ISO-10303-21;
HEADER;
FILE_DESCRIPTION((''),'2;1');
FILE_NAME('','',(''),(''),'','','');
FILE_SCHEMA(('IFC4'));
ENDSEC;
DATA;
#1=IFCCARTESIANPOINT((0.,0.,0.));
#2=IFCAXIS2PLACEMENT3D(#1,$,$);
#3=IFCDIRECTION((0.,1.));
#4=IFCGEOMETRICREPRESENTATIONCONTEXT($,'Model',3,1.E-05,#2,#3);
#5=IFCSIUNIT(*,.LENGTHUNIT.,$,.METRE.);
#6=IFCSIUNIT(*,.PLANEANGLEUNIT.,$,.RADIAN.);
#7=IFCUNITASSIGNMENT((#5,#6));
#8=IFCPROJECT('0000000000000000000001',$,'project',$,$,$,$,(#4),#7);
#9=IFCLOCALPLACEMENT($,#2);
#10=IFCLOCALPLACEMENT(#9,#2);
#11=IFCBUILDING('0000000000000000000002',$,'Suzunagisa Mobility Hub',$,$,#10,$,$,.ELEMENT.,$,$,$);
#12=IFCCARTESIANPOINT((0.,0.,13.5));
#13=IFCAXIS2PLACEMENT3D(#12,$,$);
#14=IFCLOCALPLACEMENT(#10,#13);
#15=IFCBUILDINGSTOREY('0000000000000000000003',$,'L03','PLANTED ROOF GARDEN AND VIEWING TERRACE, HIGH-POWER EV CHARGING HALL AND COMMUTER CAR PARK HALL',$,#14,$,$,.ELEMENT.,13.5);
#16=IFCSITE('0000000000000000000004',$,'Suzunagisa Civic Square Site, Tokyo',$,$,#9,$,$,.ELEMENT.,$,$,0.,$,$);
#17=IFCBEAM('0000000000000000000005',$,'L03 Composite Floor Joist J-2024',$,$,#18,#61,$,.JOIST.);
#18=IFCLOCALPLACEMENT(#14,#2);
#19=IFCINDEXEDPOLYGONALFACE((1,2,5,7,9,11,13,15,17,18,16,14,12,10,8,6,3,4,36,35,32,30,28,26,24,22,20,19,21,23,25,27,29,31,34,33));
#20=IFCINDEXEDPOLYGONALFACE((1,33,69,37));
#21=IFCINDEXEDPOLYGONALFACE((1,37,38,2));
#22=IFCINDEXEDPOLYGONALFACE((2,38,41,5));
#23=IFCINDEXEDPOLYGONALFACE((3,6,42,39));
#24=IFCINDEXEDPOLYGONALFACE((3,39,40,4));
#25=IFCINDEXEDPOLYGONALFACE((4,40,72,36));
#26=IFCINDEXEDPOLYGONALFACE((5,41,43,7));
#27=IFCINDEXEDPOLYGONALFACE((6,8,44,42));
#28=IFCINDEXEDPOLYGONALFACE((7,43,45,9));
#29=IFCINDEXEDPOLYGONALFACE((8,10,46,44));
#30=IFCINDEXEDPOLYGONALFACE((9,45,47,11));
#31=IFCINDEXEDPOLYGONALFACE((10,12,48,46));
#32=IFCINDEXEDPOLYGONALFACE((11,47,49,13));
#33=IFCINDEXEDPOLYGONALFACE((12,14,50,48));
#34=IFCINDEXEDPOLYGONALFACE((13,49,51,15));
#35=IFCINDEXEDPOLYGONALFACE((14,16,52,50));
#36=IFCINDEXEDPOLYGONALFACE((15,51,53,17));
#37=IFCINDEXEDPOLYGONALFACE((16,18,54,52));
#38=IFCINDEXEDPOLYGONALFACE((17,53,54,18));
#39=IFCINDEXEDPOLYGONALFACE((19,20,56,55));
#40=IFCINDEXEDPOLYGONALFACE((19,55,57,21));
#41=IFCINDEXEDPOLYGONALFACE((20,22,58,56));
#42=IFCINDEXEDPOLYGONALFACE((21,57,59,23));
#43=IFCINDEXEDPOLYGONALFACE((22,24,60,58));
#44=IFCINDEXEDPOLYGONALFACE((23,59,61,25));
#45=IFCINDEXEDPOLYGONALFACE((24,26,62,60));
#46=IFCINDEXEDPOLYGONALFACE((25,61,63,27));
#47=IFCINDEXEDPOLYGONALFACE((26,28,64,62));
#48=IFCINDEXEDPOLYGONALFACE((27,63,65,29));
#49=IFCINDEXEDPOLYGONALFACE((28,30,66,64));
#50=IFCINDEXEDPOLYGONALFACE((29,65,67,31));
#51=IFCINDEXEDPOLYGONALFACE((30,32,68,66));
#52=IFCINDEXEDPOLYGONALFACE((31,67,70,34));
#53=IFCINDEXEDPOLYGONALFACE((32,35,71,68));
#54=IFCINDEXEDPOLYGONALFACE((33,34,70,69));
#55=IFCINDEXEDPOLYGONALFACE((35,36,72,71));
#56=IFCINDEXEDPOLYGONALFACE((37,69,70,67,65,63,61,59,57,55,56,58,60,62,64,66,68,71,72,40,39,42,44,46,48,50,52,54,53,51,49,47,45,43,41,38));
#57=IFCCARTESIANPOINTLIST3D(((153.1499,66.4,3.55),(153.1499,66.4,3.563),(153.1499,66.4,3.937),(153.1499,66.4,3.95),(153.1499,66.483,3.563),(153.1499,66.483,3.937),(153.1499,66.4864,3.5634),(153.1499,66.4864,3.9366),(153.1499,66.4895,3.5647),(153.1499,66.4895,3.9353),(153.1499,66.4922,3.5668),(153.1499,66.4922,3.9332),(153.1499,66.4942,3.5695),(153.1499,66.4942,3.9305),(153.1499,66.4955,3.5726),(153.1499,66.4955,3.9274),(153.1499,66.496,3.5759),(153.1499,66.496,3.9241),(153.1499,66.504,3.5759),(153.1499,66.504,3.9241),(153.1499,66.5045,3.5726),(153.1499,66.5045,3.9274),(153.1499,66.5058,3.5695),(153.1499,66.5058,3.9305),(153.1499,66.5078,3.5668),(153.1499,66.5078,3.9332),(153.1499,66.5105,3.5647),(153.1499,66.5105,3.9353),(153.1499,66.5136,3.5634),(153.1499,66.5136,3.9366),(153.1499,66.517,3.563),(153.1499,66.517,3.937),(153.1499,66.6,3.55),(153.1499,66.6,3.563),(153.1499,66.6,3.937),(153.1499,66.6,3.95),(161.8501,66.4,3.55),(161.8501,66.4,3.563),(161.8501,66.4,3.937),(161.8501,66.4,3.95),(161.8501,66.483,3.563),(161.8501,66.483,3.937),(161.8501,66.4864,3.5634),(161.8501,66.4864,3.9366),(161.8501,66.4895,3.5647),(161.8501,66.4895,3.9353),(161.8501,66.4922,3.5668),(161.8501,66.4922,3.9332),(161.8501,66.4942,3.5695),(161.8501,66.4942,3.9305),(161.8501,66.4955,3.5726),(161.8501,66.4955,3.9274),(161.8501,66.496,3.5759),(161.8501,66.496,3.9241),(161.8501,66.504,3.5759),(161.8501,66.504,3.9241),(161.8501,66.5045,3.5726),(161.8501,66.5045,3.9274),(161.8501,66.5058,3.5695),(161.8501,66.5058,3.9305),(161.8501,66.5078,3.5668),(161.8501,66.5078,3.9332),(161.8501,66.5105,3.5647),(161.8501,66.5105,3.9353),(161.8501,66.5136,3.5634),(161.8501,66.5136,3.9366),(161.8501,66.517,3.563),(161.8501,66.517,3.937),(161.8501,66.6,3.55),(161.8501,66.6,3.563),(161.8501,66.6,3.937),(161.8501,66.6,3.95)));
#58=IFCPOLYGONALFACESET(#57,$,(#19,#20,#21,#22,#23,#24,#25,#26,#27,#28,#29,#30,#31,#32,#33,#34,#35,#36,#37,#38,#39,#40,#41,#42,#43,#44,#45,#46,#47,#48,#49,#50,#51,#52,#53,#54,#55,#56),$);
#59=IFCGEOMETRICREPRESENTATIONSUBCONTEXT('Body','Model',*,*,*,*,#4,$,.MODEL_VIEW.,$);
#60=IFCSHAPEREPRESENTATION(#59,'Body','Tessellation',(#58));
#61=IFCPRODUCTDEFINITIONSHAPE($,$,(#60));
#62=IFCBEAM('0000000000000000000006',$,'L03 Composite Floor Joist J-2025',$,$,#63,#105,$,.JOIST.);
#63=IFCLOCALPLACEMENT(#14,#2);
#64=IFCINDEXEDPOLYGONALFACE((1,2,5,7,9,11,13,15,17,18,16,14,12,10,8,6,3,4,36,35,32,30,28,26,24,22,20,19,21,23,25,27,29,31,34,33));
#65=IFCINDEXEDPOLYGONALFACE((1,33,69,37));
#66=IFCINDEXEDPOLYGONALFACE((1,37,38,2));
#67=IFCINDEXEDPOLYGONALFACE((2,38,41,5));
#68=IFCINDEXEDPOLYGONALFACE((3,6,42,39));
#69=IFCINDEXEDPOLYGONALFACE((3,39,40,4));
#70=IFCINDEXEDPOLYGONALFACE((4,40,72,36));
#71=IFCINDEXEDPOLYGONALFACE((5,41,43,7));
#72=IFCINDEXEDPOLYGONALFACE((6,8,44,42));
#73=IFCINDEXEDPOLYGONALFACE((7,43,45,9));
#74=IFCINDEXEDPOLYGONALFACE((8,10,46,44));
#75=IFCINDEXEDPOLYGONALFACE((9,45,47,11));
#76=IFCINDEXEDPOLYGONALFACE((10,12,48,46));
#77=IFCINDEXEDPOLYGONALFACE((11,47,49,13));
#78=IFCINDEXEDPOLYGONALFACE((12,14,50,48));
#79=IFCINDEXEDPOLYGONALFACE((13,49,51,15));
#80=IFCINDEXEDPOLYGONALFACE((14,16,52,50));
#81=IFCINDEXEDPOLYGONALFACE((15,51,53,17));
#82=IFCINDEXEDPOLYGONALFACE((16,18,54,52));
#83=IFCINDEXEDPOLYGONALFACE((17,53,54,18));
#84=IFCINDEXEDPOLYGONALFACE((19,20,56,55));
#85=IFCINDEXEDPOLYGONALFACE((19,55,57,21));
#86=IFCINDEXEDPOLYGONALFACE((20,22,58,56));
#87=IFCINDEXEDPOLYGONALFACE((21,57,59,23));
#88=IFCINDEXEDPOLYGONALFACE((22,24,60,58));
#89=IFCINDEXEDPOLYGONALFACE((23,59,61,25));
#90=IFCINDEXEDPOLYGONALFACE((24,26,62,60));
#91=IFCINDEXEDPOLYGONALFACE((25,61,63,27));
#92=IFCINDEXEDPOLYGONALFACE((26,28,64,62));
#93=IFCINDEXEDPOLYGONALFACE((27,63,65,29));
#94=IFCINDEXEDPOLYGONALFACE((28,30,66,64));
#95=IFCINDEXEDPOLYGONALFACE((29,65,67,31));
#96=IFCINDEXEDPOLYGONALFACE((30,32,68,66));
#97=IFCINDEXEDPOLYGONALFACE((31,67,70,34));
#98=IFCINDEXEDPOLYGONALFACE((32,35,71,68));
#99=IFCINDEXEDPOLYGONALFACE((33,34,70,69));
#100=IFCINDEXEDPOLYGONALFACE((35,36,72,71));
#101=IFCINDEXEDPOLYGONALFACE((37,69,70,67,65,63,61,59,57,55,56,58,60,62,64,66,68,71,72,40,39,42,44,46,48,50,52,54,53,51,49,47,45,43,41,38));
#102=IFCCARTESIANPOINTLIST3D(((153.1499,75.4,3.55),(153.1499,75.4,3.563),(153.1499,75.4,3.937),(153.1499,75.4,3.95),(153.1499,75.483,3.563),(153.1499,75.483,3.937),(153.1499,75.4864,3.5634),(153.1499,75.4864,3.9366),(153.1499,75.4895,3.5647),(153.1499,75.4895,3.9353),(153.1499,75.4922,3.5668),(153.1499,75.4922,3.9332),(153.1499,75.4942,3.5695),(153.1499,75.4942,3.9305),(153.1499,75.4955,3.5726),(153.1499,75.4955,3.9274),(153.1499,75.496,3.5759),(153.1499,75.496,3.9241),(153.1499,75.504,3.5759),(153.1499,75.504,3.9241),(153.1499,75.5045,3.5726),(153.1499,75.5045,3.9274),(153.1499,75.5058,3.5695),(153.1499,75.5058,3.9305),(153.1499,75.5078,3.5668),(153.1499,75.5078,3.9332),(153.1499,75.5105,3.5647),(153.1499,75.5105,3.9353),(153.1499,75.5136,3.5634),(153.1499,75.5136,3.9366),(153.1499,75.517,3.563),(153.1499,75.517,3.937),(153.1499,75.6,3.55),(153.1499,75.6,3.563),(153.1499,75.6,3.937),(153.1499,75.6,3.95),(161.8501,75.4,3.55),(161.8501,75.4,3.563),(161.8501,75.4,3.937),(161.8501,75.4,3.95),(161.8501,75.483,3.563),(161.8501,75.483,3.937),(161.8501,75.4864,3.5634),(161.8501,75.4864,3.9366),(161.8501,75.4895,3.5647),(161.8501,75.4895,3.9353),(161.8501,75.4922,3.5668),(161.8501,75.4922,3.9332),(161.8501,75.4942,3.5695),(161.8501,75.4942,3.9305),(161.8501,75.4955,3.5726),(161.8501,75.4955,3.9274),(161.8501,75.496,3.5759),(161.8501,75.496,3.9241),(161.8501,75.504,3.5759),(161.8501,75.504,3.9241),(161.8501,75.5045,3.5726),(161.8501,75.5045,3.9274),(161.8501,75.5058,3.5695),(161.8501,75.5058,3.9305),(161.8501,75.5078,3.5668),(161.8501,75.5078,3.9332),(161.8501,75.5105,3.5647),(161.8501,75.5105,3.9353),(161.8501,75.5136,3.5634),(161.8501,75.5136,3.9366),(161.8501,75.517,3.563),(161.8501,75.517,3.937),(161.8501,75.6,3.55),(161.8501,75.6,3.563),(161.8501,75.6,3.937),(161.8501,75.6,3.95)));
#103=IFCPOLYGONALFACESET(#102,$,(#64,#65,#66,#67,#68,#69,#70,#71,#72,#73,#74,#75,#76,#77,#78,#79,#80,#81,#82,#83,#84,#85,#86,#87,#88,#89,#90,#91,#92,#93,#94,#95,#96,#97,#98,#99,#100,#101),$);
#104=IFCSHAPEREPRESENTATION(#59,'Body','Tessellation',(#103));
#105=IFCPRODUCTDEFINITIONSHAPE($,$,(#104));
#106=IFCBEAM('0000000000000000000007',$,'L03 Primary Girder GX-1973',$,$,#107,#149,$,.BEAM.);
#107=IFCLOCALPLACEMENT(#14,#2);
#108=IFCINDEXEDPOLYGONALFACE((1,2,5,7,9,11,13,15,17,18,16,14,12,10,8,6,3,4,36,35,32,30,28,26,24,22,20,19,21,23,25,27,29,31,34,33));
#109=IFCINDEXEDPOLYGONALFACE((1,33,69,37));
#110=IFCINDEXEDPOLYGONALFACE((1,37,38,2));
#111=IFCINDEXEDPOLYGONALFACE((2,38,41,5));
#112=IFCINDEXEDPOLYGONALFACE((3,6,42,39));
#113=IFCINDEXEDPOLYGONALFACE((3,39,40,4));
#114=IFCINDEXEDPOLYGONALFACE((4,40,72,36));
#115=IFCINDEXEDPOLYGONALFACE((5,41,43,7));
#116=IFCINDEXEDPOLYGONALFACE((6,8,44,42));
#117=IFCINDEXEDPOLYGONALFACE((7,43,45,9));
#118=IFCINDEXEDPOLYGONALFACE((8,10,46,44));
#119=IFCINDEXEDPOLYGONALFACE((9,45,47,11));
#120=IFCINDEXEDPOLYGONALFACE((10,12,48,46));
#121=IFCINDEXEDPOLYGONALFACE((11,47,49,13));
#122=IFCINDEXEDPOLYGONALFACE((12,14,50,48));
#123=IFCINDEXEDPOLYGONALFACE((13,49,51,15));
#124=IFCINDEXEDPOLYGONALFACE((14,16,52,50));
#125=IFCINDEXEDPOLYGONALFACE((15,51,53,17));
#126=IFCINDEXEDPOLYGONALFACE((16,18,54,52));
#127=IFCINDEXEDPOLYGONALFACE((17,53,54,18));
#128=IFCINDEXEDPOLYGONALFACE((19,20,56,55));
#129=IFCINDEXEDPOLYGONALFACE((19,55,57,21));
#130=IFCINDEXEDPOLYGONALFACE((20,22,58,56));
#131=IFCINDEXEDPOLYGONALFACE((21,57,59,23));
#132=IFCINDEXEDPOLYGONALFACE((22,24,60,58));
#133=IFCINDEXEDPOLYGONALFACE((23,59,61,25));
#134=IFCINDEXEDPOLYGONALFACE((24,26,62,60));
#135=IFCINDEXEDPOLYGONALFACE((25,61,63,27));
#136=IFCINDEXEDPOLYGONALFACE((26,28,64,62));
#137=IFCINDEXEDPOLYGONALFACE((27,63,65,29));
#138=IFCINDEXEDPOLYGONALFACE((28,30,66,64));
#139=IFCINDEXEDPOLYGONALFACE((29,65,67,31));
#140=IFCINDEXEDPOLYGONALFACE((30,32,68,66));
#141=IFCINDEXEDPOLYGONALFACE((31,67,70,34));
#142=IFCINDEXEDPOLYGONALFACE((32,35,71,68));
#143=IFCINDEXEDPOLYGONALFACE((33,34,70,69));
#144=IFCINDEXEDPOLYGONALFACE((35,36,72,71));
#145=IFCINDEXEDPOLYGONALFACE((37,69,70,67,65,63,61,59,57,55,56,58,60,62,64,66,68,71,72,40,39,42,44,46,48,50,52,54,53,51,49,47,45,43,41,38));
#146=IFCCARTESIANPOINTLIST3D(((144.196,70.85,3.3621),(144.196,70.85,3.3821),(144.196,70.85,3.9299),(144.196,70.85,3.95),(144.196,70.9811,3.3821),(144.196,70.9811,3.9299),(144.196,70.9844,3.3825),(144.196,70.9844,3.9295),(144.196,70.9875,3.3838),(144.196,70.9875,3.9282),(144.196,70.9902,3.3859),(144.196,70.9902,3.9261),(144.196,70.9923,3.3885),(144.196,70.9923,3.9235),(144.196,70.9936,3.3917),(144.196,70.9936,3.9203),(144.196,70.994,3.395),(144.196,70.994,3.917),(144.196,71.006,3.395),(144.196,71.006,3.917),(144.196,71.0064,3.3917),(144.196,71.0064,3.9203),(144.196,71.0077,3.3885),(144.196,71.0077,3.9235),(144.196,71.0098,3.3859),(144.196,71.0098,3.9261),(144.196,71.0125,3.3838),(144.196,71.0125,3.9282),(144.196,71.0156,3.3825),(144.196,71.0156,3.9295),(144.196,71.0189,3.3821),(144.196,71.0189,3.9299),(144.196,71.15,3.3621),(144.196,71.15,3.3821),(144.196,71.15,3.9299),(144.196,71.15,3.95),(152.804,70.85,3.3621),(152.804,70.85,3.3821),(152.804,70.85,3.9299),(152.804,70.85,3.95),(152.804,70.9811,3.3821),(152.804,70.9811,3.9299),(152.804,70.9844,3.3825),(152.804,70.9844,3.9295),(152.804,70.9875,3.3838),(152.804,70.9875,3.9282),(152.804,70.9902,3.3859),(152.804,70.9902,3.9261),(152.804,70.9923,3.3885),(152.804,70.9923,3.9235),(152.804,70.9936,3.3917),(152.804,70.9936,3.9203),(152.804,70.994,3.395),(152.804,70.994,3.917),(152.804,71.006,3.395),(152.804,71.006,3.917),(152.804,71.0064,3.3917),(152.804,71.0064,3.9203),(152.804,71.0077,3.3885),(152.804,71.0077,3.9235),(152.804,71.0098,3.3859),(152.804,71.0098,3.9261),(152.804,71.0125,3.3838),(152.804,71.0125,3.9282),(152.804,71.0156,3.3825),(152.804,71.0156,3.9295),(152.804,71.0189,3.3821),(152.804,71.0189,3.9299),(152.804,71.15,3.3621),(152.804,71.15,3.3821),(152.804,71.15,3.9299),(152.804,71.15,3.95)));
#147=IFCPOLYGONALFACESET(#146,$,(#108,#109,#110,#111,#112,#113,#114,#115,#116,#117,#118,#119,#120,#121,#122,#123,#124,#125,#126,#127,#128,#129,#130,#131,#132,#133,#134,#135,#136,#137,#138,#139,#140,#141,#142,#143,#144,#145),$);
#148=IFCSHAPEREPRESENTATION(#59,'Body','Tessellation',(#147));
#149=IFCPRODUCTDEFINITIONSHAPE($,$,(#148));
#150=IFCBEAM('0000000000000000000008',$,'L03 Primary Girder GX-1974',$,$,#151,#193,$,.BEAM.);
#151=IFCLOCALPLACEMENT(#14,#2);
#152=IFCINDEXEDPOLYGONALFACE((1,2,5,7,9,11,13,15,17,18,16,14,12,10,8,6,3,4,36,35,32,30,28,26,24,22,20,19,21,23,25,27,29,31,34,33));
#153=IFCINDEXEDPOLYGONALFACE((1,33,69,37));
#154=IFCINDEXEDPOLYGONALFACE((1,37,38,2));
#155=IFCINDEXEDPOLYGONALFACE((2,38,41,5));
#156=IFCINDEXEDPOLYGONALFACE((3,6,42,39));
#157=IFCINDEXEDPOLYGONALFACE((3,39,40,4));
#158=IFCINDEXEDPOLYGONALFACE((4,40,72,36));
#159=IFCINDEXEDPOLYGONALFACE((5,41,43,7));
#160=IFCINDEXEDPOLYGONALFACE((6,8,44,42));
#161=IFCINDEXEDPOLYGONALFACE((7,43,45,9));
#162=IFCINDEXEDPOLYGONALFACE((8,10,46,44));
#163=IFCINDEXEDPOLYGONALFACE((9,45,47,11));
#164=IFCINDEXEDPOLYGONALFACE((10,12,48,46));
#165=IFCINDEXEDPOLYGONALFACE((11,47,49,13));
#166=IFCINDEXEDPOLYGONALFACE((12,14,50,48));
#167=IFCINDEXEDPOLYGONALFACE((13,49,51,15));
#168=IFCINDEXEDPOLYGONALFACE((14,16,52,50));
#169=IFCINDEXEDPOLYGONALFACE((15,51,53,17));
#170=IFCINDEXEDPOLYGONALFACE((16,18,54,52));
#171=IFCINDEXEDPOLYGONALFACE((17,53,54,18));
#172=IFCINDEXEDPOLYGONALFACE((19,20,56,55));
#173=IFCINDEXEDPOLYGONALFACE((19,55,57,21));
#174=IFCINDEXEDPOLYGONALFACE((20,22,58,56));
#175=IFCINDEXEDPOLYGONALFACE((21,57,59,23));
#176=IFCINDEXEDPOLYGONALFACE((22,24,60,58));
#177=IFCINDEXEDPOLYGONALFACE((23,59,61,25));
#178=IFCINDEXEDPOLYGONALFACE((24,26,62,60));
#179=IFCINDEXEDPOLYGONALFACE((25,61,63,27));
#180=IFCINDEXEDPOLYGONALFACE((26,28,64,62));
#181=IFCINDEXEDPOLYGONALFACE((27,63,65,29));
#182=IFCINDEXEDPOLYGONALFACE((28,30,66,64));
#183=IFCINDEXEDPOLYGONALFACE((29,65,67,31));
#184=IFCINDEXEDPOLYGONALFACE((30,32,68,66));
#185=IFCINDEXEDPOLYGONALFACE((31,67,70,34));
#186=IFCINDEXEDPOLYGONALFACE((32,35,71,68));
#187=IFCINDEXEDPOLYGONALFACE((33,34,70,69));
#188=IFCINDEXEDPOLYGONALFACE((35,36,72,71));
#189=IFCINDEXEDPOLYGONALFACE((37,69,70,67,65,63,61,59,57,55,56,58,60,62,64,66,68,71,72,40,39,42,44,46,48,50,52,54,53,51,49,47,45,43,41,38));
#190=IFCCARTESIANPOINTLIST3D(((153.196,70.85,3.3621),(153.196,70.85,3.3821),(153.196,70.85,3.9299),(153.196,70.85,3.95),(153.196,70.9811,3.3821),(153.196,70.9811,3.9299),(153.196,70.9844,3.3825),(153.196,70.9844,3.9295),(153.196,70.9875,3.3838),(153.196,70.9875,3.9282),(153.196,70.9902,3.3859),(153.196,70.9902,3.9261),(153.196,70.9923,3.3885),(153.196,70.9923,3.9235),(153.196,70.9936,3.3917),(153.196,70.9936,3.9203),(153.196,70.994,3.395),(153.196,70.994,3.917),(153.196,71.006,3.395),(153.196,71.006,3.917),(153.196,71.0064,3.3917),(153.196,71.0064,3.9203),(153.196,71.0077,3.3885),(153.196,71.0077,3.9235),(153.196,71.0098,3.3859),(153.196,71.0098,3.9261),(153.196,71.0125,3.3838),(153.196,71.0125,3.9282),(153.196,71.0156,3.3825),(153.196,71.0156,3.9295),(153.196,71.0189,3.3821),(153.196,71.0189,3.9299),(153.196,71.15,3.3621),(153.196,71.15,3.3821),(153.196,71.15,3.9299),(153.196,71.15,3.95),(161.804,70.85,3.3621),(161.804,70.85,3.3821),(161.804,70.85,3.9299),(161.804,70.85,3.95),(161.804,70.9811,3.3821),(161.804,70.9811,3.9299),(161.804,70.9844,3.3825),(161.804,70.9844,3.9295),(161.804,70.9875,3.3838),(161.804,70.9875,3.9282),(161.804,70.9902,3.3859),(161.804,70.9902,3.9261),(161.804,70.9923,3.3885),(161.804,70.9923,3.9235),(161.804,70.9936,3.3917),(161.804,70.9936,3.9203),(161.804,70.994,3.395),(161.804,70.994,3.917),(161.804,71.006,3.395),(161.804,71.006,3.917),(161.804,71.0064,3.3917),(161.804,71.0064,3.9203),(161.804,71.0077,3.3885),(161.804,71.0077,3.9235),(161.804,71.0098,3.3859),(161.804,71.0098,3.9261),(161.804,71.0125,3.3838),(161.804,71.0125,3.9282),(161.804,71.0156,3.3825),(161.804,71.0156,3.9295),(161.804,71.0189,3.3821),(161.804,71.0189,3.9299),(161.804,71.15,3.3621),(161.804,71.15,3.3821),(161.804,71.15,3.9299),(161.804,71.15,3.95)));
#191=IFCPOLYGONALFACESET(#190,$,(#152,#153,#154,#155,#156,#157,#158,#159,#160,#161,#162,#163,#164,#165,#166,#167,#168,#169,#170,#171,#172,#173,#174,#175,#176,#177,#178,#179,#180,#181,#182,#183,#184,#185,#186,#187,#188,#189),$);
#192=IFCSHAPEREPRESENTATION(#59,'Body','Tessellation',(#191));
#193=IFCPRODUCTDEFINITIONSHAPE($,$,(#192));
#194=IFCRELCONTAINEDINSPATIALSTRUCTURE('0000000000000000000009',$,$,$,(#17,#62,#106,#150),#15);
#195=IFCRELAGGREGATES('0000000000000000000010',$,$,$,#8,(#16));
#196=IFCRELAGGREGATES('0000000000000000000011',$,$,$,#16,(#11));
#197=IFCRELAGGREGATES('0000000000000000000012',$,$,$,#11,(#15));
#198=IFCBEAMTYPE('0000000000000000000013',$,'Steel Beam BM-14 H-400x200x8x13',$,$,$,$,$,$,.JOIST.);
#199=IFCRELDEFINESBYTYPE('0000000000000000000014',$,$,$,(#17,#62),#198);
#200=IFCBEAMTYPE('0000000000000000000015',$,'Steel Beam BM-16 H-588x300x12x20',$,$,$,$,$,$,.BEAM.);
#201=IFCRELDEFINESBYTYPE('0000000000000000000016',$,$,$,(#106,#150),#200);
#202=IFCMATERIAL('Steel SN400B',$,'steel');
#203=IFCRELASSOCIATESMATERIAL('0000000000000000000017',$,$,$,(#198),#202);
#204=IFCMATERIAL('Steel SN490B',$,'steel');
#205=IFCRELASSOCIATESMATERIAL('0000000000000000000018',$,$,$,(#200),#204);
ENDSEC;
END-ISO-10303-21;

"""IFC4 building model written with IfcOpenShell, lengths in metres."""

from ifc_helpers import new_model, si_unit, direction, frame, origin, origin_2d, place, context, subcontext, project, spatial, i_section, extrude, material, material_profile, profile_set, type_object, element, save


model = new_model("IFC4")

# Units and contexts
model_context = context("Model", 3, precision=1e-05, world=origin(), true_north=direction((0.0, 1.0)))
body_context = subcontext(model_context, "Body", "Model", "MODEL_VIEW")
ifc_project = project(units=[si_unit("LENGTHUNIT", "METRE"), si_unit("PLANEANGLEUNIT", "RADIAN")], contexts=[model_context])

# Site, building, storey
site_placement = place(None, origin())
site = spatial("IfcSite", under=ifc_project, at=site_placement, Name="Suzunagisa Civic Square Site, Tokyo", CompositionType="ELEMENT", RefElevation=0.0)
building_placement = place(site_placement, origin())
building = spatial("IfcBuilding", under=site, at=building_placement, Name="Suzunagisa Mobility Hub", CompositionType="ELEMENT")
storey_placement = place(building_placement, frame((0.0, 0.0, 13.5)))
storey = spatial("IfcBuildingStorey", under=building, at=storey_placement, Name="L03", Description="PLANTED ROOF GARDEN AND VIEWING TERRACE, HIGH-POWER EV CHARGING HALL AND COMMUTER CAR PARK HALL", CompositionType="ELEMENT", Elevation=13.5)

# Shared definitions
ifc_material_1 = material(Name="Steel SN490B", Category="steel")

# Beams
ifc_material_2 = material(Name="Steel SN400B", Category="steel")
ifc_material_profile_1 = material_profile(ifc_material_2, i_section(OverallWidth=0.2, OverallDepth=0.3999, WebThickness=0.0081, FlangeThickness=0.0129, FilletRadius=0.0129, at=origin_2d()), Name="H-400x200x8x13")
ifc_profile_set_1 = profile_set([ifc_material_profile_1], Name="Steel SN400B")
beam_type_1 = type_object("IfcBeamType", Name="Steel Beam BM-14 H-400x200x8x13", PredefinedType="JOIST", material=ifc_profile_set_1)
for number, where, z_axis, x_axis, name in (
    (1, (153.1499, 66.5, 3.75), (1.0, 0.0, 0.0), (0.0, 1.0, 0.0), "L03 Composite Floor Joist J-2024"),
    (2, (153.1499, 75.5, 3.75), (1.0, 0.0, 0.0), (0.0, 1.0, 0.0), "L03 Composite Floor Joist J-2025"),
):
    element("IfcBeam", number, at=place(storey_placement, frame(where, z_axis=z_axis, x_axis=x_axis)), inside=storey, type_object=beam_type_1, Name=name, PredefinedType="JOIST", context=body_context, shape_type="SweptSolid", body=[
        extrude(i_section(OverallWidth=0.2, OverallDepth=0.3999, WebThickness=0.0081, FlangeThickness=0.0129, FilletRadius=0.0129, at=origin_2d()), origin(), (0.0, 0.0, 1.0), 8.7002),
    ])
ifc_material_profile_2 = material_profile(ifc_material_1, i_section(OverallWidth=0.3, OverallDepth=0.5879, WebThickness=0.012, FlangeThickness=0.02, FilletRadius=0.0129, at=origin_2d()), Name="H-588x300x12x20")
ifc_profile_set_2 = profile_set([ifc_material_profile_2], Name="Steel SN490B")
beam_type_2 = type_object("IfcBeamType", Name="Steel Beam BM-16 H-588x300x12x20", PredefinedType="BEAM", material=ifc_profile_set_2)
for number, where, z_axis, x_axis, name in (
    (3, (144.196, 71.0, 3.656), (1.0, 0.0, 0.0), (0.0, 1.0, 0.0), "L03 Primary Girder GX-1973"),
    (4, (153.196, 71.0, 3.656), (1.0, 0.0, 0.0), (0.0, 1.0, 0.0), "L03 Primary Girder GX-1974"),
):
    element("IfcBeam", number, at=place(storey_placement, frame(where, z_axis=z_axis, x_axis=x_axis)), inside=storey, type_object=beam_type_2, Name=name, PredefinedType="BEAM", context=body_context, shape_type="SweptSolid", body=[
        extrude(i_section(OverallWidth=0.3, OverallDepth=0.5879, WebThickness=0.012, FlangeThickness=0.02, FilletRadius=0.0129, at=origin_2d()), origin(), (0.0, 0.0, 1.0), 8.6079),
    ])

save(model, "model.ifc")
